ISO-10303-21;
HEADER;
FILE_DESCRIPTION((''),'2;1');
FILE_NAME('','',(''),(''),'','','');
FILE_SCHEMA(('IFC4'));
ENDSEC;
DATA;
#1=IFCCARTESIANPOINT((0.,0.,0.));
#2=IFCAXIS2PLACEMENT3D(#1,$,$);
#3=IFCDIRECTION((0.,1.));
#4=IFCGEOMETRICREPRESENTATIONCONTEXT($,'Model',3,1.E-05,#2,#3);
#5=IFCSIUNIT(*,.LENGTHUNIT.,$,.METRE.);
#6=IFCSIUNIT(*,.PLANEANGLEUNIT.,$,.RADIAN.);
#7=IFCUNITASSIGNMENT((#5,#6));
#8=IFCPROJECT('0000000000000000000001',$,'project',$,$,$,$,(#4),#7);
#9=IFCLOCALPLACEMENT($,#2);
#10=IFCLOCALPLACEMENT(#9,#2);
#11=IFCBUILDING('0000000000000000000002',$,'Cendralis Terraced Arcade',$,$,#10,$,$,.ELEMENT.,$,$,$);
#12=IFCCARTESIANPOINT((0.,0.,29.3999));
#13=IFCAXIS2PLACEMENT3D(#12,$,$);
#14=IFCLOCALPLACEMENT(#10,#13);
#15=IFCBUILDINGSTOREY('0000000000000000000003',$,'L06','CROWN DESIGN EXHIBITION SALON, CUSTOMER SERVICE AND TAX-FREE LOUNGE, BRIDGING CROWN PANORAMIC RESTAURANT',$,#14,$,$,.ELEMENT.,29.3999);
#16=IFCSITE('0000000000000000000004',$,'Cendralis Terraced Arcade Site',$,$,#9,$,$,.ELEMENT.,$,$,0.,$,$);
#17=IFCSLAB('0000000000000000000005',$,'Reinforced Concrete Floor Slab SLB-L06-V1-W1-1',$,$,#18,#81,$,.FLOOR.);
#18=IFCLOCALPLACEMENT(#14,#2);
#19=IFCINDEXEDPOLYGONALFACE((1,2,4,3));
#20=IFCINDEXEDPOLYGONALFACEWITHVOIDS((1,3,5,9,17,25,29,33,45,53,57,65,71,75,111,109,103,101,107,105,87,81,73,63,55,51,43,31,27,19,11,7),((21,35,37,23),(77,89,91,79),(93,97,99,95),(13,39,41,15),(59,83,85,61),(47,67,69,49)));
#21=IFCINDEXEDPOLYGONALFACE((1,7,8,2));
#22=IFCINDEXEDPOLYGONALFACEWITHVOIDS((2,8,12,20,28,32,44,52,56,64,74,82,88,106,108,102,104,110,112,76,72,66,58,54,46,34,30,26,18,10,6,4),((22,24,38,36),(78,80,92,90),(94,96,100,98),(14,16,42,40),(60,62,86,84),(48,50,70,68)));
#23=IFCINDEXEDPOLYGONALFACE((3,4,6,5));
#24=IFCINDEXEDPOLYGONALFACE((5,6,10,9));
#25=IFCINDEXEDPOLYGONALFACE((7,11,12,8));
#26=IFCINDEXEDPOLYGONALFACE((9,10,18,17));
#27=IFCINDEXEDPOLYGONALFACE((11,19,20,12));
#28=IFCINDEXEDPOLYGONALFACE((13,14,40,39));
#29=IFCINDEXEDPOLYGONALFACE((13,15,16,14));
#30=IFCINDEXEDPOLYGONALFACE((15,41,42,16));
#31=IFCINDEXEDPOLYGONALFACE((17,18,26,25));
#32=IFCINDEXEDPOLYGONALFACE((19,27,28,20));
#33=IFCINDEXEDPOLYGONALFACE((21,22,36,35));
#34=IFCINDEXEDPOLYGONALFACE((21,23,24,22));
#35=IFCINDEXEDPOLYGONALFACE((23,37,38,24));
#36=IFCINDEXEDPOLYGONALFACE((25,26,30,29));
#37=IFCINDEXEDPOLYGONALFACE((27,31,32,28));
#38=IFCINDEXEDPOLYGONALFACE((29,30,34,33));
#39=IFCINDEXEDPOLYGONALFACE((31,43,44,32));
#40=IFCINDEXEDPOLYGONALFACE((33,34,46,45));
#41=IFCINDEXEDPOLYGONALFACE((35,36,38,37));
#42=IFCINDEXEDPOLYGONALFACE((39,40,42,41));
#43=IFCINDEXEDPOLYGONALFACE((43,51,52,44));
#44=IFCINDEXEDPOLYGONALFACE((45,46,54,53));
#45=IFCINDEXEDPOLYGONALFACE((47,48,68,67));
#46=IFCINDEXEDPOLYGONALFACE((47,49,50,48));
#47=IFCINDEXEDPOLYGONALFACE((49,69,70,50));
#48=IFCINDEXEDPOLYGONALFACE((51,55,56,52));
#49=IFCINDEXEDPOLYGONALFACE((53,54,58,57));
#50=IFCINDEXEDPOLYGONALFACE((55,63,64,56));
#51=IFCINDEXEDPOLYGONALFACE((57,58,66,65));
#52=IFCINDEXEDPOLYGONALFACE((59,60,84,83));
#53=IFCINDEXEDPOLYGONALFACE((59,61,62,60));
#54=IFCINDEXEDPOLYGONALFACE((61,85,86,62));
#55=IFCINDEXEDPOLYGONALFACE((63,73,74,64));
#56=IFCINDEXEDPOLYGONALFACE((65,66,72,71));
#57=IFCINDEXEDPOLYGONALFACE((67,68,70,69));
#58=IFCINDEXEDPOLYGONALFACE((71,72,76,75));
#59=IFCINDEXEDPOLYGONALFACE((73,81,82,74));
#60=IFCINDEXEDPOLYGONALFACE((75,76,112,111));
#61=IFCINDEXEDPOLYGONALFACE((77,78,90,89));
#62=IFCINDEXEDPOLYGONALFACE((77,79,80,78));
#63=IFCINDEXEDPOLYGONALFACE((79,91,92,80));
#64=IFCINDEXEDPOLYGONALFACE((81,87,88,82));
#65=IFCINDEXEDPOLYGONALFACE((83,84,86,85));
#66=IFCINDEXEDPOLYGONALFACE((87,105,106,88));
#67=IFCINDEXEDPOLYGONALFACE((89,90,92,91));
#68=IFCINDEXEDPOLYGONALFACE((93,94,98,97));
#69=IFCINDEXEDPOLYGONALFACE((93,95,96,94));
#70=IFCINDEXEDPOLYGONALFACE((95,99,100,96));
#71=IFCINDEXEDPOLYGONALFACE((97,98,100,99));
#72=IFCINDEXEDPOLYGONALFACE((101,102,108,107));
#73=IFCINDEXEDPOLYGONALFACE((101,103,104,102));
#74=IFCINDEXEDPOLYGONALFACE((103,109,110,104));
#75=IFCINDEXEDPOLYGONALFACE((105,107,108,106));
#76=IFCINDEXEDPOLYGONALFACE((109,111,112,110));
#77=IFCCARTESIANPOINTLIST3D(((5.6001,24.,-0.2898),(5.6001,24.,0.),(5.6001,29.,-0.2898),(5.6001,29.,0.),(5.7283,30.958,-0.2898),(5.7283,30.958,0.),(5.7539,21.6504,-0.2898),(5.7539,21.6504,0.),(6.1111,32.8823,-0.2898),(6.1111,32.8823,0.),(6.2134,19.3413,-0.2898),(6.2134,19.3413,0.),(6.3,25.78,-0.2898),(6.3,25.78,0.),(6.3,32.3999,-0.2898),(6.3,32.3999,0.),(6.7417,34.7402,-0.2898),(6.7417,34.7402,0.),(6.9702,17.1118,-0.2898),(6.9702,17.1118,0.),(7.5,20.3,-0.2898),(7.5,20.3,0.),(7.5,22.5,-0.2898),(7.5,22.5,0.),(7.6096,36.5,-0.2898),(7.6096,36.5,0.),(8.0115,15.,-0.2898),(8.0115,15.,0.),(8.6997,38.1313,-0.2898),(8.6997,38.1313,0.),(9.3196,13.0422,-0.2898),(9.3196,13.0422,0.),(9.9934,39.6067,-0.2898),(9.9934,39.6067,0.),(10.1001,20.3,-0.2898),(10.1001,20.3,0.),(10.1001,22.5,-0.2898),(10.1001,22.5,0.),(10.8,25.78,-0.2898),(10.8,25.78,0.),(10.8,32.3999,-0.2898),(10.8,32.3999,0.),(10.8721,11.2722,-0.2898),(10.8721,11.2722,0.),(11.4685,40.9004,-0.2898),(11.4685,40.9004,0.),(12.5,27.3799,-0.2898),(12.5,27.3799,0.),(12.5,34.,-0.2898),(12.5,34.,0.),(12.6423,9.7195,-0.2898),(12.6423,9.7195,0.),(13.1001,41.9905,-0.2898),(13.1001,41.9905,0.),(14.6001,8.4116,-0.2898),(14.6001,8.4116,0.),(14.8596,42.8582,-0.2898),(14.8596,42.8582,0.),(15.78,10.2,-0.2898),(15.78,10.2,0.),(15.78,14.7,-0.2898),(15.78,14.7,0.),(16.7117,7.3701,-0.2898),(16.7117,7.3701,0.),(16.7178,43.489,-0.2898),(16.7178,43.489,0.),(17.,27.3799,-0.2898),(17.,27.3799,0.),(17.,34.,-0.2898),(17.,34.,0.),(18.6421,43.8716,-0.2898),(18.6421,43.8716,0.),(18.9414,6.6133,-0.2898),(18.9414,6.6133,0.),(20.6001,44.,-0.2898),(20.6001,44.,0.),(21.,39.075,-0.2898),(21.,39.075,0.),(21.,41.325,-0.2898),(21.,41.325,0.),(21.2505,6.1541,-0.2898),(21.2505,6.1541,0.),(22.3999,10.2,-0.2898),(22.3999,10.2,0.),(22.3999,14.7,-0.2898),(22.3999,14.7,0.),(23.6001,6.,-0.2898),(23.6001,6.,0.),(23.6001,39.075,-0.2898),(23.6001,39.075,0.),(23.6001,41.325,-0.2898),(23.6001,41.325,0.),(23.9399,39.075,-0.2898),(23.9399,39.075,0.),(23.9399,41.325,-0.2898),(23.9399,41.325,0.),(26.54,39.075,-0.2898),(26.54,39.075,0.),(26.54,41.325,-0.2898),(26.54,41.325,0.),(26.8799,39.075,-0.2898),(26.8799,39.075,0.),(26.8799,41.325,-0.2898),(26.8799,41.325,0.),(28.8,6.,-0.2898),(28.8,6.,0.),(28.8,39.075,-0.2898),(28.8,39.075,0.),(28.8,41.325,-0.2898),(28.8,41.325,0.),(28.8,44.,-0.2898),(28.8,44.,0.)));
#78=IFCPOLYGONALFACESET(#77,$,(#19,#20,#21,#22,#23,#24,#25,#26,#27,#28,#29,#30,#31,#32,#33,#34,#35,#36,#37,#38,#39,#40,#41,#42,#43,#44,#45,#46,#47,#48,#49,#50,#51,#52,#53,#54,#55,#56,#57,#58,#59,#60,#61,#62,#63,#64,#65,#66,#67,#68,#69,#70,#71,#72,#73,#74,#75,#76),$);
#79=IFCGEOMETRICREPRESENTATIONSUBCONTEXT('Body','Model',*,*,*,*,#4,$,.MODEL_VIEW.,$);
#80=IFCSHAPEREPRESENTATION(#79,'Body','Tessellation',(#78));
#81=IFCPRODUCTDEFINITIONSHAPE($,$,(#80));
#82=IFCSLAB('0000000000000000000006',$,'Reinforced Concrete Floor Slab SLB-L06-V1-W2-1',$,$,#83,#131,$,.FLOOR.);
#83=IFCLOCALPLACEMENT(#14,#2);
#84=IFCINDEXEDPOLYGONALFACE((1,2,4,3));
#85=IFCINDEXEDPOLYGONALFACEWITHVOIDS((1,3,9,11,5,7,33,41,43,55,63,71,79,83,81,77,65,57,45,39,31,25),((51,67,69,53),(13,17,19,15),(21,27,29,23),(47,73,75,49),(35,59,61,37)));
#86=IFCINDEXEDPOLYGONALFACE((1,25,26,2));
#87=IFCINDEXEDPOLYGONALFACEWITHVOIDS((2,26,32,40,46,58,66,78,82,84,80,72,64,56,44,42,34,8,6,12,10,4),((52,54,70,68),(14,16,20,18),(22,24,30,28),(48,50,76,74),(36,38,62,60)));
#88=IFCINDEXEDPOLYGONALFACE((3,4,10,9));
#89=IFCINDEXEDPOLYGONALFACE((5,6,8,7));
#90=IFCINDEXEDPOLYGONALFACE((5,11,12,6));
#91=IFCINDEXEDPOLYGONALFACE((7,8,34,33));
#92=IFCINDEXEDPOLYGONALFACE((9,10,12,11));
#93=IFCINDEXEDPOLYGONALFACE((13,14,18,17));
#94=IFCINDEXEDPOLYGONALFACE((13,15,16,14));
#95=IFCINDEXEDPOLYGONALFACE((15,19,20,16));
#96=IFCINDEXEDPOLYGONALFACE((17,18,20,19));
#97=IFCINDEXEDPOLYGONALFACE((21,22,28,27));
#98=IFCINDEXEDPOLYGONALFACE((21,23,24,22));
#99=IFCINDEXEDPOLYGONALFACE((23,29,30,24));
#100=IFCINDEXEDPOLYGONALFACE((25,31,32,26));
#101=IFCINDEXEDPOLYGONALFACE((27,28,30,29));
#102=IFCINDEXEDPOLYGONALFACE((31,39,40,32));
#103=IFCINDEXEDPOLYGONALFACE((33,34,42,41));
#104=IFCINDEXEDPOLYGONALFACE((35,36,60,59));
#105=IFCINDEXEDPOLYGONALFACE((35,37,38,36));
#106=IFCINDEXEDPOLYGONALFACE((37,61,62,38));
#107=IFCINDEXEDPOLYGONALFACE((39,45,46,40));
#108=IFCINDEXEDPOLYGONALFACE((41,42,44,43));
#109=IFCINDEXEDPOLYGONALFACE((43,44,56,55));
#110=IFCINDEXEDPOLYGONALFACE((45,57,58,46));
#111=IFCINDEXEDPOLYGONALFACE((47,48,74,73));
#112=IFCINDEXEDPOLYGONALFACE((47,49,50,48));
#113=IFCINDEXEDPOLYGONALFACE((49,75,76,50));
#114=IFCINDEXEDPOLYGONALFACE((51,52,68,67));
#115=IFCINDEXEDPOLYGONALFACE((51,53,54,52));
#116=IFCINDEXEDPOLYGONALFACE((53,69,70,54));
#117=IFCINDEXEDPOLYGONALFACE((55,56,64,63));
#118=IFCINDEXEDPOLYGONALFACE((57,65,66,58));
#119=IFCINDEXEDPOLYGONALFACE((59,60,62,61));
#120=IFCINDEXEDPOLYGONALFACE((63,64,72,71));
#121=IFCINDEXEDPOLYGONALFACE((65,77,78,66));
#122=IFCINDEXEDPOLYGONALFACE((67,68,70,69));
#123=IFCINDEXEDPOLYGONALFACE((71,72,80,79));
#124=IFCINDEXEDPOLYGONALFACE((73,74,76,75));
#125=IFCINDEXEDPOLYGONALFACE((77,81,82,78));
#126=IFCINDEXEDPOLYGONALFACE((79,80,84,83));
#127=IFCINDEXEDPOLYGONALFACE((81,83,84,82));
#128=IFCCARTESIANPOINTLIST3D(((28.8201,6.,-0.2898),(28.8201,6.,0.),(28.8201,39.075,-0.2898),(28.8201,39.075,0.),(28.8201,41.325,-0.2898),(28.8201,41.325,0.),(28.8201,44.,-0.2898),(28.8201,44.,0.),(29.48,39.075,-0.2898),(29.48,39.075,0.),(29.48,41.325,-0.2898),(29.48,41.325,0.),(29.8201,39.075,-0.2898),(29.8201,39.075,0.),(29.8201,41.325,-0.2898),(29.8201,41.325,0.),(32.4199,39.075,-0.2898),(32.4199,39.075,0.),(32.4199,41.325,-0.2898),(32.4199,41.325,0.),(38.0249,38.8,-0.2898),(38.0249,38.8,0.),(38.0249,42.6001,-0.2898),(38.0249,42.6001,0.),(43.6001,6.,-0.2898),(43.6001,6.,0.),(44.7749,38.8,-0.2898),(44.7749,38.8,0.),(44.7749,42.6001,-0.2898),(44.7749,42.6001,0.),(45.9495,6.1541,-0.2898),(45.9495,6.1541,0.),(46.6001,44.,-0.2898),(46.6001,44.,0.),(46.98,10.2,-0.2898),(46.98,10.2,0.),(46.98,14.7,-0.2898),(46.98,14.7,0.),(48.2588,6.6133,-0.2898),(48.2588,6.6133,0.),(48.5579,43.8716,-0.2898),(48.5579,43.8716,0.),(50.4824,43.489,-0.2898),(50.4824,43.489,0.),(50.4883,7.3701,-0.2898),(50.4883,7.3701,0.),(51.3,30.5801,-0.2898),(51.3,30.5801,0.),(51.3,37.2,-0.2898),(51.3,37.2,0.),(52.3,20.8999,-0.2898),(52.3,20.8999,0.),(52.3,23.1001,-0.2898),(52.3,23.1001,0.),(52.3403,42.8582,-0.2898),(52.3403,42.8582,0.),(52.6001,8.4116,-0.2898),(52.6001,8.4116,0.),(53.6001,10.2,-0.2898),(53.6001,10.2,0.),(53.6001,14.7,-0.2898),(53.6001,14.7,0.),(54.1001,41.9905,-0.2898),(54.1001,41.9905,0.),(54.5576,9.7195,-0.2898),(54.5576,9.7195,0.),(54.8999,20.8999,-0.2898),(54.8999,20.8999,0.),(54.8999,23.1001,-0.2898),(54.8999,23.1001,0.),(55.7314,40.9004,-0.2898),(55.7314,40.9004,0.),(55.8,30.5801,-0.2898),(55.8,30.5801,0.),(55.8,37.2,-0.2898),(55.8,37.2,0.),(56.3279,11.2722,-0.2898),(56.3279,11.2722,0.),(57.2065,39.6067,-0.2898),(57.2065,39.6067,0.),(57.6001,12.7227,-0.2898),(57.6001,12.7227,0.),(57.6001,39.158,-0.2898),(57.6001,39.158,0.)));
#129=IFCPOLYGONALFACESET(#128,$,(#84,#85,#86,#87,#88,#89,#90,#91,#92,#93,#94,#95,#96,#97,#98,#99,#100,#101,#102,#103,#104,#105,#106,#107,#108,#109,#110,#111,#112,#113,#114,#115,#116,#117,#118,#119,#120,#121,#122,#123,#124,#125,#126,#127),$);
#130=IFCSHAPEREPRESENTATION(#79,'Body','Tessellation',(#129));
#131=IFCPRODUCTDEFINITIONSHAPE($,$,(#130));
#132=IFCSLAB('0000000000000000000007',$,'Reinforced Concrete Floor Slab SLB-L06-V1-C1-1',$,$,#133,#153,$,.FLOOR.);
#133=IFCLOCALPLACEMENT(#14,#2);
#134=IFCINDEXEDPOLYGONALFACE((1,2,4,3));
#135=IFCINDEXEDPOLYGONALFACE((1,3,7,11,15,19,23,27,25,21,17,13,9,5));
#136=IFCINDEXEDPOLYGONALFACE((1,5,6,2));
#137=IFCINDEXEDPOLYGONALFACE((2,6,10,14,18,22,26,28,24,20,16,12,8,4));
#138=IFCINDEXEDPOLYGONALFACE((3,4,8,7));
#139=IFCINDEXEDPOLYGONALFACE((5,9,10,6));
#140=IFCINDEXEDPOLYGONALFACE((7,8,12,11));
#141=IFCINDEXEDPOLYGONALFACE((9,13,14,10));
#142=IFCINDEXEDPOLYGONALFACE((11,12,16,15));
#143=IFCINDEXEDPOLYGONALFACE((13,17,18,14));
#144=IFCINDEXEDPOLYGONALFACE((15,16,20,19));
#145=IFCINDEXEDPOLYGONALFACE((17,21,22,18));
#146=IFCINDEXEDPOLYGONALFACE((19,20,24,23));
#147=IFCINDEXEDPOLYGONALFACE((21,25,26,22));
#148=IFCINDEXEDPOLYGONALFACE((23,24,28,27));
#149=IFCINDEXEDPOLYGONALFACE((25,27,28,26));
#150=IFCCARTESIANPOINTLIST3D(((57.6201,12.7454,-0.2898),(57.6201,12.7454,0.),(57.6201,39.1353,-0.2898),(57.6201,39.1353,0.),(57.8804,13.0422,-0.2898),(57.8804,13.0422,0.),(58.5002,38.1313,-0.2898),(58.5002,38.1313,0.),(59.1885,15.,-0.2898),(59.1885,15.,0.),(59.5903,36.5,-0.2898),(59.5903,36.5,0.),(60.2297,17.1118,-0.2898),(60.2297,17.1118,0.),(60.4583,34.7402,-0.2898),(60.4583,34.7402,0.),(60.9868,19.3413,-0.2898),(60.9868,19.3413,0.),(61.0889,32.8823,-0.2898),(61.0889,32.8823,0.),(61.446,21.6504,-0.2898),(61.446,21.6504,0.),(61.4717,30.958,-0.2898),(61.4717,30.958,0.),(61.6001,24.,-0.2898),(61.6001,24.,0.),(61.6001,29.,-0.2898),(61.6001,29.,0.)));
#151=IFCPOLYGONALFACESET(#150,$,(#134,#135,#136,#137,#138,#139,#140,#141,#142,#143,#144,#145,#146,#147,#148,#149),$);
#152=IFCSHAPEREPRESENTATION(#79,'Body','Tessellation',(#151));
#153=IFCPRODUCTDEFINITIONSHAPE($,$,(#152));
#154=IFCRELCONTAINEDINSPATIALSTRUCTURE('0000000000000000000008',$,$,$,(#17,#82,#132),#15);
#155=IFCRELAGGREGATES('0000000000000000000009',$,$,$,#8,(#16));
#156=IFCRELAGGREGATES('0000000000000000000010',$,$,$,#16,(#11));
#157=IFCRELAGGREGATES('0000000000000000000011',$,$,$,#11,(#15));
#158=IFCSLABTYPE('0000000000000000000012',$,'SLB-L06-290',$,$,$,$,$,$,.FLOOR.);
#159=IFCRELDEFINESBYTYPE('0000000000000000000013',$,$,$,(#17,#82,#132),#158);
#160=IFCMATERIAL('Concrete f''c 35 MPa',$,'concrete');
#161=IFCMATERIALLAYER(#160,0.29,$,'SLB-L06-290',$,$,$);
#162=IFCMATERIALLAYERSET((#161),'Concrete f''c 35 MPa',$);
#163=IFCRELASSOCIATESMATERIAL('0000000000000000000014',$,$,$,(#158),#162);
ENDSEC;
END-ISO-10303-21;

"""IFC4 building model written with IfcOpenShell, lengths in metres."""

from ifc_helpers import new_model, si_unit, direction, frame, origin, place, context, subcontext, project, spatial, polyline, outline, extrude, material, layer, layer_set, type_object, element, save


model = new_model("IFC4")

# Units and contexts
model_context = context("Model", 3, precision=1e-05, world=origin(), true_north=direction((0.0, 1.0)))
body_context = subcontext(model_context, "Body", "Model", "MODEL_VIEW")
ifc_project = project(units=[si_unit("LENGTHUNIT", "METRE"), si_unit("PLANEANGLEUNIT", "RADIAN")], contexts=[model_context])

# Site, building, storey
site_placement = place(None, origin())
site = spatial("IfcSite", under=ifc_project, at=site_placement, Name="Cendralis Terraced Arcade Site", CompositionType="ELEMENT", RefElevation=0.0)
building_placement = place(site_placement, origin())
building = spatial("IfcBuilding", under=site, at=building_placement, Name="Cendralis Terraced Arcade", CompositionType="ELEMENT")
storey_placement = place(building_placement, frame((0.0, 0.0, 29.3999)))
storey = spatial("IfcBuildingStorey", under=building, at=storey_placement, Name="L06", Description="CROWN DESIGN EXHIBITION SALON, CUSTOMER SERVICE AND TAX-FREE LOUNGE, BRIDGING CROWN PANORAMIC RESTAURANT", CompositionType="ELEMENT", Elevation=29.3999)

# Slabs
ifc_material_1 = material(Name="Concrete f'c 35 MPa", Category="concrete")
ifc_layer_1 = layer(ifc_material_1, 0.29, Name="SLB-L06-290")
ifc_layer_set_1 = layer_set([ifc_layer_1], Name="Concrete f'c 35 MPa")
slab_type_1 = type_object("IfcSlabType", Name="SLB-L06-290", PredefinedType="FLOOR", material=ifc_layer_set_1)
slab_1_placement = place(storey_placement, frame((0.0, 0.0, -0.2898)))
element("IfcSlab", 1, at=slab_1_placement, inside=storey, type_object=slab_type_1, Name="Reinforced Concrete Floor Slab SLB-L06-V1-W1-1", PredefinedType="FLOOR", context=body_context, shape_type="SweptSolid", body=[
    extrude(outline(polyline([(5.7283, 30.958), (6.1111, 32.8823), (6.7417, 34.7402), (7.6096, 36.5), (8.6997, 38.1313), (9.9934, 39.6067), (11.4685, 40.9004), (13.1001, 41.9905), (14.8596, 42.8582), (16.7178, 43.489), (18.6421, 43.8716), (20.6001, 44.0), (28.8, 44.0), (28.8, 41.325), (26.8799, 41.325), (26.8799, 39.075), (28.8, 39.075), (28.8, 6.0), (23.6001, 6.0), (21.2505, 6.1541), (18.9414, 6.6133), (16.7117, 7.3701), (14.6001, 8.4116), (12.6423, 9.7195), (10.8721, 11.2722), (9.3196, 13.0422), (8.0115, 15.0), (6.9702, 17.1118), (6.2134, 19.3413), (5.7539, 21.6504), (5.6001, 24.0), (5.6001, 29.0), (5.7283, 30.958)]), holes=[polyline([(15.78, 14.7), (15.78, 10.2), (22.3999, 10.2), (22.3999, 14.7), (15.78, 14.7)]), polyline([(10.1001, 22.5), (7.5, 22.5), (7.5, 20.3), (10.1001, 20.3), (10.1001, 22.5)]), polyline([(10.8, 32.3999), (6.3, 32.3999), (6.3, 25.78), (10.8, 25.78), (10.8, 32.3999)]), polyline([(12.5, 34.0), (12.5, 27.3799), (17.0, 27.3799), (17.0, 34.0), (12.5, 34.0)]), polyline([(23.6001, 41.325), (21.0, 41.325), (21.0, 39.075), (23.6001, 39.075), (23.6001, 41.325)]), polyline([(26.54, 41.325), (23.9399, 41.325), (23.9399, 39.075), (26.54, 39.075), (26.54, 41.325)])]), origin(), (0.0, 0.0, 1.0), 0.2898),
])
slab_2_placement = place(storey_placement, frame((0.0, 0.0, -0.2898)))
element("IfcSlab", 2, at=slab_2_placement, inside=storey, type_object=slab_type_1, Name="Reinforced Concrete Floor Slab SLB-L06-V1-W2-1", PredefinedType="FLOOR", context=body_context, shape_type="SweptSolid", body=[
    extrude(outline(polyline([(50.4824, 43.489), (52.3403, 42.8582), (54.1001, 41.9905), (55.7314, 40.9004), (57.2065, 39.6067), (57.6001, 39.158), (57.6001, 12.7227), (56.3279, 11.2722), (54.5576, 9.7195), (52.6001, 8.4116), (50.4883, 7.3701), (48.2588, 6.6133), (45.9495, 6.1541), (43.6001, 6.0), (28.8201, 6.0), (28.8201, 39.075), (29.48, 39.075), (29.48, 41.325), (28.8201, 41.325), (28.8201, 44.0), (46.6001, 44.0), (48.5579, 43.8716), (50.4824, 43.489)]), holes=[polyline([(46.98, 10.2), (53.6001, 10.2), (53.6001, 14.7), (46.98, 14.7), (46.98, 10.2)]), polyline([(52.3, 23.1001), (52.3, 20.8999), (54.8999, 20.8999), (54.8999, 23.1001), (52.3, 23.1001)]), polyline([(51.3, 37.2), (51.3, 30.5801), (55.8, 30.5801), (55.8, 37.2), (51.3, 37.2)]), polyline([(29.8201, 41.325), (29.8201, 39.075), (32.4199, 39.075), (32.4199, 41.325), (29.8201, 41.325)]), polyline([(38.0249, 42.6001), (38.0249, 38.8), (44.7749, 38.8), (44.7749, 42.6001), (38.0249, 42.6001)])]), origin(), (0.0, 0.0, 1.0), 0.2898),
])
slab_3_placement = place(storey_placement, frame((0.0, 0.0, -0.2898)))
element("IfcSlab", 3, at=slab_3_placement, inside=storey, type_object=slab_type_1, Name="Reinforced Concrete Floor Slab SLB-L06-V1-C1-1", PredefinedType="FLOOR", context=body_context, shape_type="SweptSolid", body=[
    extrude(outline(polyline([(60.4583, 34.7402), (61.0889, 32.8823), (61.4717, 30.958), (61.6001, 29.0), (61.6001, 24.0), (61.446, 21.6504), (60.9868, 19.3413), (60.2297, 17.1118), (59.1885, 15.0), (57.8804, 13.0422), (57.6201, 12.7454), (57.6201, 39.1353), (58.5002, 38.1313), (59.5903, 36.5), (60.4583, 34.7402)])), origin(), (0.0, 0.0, 1.0), 0.2898),
])

save(model, "model.ifc")
